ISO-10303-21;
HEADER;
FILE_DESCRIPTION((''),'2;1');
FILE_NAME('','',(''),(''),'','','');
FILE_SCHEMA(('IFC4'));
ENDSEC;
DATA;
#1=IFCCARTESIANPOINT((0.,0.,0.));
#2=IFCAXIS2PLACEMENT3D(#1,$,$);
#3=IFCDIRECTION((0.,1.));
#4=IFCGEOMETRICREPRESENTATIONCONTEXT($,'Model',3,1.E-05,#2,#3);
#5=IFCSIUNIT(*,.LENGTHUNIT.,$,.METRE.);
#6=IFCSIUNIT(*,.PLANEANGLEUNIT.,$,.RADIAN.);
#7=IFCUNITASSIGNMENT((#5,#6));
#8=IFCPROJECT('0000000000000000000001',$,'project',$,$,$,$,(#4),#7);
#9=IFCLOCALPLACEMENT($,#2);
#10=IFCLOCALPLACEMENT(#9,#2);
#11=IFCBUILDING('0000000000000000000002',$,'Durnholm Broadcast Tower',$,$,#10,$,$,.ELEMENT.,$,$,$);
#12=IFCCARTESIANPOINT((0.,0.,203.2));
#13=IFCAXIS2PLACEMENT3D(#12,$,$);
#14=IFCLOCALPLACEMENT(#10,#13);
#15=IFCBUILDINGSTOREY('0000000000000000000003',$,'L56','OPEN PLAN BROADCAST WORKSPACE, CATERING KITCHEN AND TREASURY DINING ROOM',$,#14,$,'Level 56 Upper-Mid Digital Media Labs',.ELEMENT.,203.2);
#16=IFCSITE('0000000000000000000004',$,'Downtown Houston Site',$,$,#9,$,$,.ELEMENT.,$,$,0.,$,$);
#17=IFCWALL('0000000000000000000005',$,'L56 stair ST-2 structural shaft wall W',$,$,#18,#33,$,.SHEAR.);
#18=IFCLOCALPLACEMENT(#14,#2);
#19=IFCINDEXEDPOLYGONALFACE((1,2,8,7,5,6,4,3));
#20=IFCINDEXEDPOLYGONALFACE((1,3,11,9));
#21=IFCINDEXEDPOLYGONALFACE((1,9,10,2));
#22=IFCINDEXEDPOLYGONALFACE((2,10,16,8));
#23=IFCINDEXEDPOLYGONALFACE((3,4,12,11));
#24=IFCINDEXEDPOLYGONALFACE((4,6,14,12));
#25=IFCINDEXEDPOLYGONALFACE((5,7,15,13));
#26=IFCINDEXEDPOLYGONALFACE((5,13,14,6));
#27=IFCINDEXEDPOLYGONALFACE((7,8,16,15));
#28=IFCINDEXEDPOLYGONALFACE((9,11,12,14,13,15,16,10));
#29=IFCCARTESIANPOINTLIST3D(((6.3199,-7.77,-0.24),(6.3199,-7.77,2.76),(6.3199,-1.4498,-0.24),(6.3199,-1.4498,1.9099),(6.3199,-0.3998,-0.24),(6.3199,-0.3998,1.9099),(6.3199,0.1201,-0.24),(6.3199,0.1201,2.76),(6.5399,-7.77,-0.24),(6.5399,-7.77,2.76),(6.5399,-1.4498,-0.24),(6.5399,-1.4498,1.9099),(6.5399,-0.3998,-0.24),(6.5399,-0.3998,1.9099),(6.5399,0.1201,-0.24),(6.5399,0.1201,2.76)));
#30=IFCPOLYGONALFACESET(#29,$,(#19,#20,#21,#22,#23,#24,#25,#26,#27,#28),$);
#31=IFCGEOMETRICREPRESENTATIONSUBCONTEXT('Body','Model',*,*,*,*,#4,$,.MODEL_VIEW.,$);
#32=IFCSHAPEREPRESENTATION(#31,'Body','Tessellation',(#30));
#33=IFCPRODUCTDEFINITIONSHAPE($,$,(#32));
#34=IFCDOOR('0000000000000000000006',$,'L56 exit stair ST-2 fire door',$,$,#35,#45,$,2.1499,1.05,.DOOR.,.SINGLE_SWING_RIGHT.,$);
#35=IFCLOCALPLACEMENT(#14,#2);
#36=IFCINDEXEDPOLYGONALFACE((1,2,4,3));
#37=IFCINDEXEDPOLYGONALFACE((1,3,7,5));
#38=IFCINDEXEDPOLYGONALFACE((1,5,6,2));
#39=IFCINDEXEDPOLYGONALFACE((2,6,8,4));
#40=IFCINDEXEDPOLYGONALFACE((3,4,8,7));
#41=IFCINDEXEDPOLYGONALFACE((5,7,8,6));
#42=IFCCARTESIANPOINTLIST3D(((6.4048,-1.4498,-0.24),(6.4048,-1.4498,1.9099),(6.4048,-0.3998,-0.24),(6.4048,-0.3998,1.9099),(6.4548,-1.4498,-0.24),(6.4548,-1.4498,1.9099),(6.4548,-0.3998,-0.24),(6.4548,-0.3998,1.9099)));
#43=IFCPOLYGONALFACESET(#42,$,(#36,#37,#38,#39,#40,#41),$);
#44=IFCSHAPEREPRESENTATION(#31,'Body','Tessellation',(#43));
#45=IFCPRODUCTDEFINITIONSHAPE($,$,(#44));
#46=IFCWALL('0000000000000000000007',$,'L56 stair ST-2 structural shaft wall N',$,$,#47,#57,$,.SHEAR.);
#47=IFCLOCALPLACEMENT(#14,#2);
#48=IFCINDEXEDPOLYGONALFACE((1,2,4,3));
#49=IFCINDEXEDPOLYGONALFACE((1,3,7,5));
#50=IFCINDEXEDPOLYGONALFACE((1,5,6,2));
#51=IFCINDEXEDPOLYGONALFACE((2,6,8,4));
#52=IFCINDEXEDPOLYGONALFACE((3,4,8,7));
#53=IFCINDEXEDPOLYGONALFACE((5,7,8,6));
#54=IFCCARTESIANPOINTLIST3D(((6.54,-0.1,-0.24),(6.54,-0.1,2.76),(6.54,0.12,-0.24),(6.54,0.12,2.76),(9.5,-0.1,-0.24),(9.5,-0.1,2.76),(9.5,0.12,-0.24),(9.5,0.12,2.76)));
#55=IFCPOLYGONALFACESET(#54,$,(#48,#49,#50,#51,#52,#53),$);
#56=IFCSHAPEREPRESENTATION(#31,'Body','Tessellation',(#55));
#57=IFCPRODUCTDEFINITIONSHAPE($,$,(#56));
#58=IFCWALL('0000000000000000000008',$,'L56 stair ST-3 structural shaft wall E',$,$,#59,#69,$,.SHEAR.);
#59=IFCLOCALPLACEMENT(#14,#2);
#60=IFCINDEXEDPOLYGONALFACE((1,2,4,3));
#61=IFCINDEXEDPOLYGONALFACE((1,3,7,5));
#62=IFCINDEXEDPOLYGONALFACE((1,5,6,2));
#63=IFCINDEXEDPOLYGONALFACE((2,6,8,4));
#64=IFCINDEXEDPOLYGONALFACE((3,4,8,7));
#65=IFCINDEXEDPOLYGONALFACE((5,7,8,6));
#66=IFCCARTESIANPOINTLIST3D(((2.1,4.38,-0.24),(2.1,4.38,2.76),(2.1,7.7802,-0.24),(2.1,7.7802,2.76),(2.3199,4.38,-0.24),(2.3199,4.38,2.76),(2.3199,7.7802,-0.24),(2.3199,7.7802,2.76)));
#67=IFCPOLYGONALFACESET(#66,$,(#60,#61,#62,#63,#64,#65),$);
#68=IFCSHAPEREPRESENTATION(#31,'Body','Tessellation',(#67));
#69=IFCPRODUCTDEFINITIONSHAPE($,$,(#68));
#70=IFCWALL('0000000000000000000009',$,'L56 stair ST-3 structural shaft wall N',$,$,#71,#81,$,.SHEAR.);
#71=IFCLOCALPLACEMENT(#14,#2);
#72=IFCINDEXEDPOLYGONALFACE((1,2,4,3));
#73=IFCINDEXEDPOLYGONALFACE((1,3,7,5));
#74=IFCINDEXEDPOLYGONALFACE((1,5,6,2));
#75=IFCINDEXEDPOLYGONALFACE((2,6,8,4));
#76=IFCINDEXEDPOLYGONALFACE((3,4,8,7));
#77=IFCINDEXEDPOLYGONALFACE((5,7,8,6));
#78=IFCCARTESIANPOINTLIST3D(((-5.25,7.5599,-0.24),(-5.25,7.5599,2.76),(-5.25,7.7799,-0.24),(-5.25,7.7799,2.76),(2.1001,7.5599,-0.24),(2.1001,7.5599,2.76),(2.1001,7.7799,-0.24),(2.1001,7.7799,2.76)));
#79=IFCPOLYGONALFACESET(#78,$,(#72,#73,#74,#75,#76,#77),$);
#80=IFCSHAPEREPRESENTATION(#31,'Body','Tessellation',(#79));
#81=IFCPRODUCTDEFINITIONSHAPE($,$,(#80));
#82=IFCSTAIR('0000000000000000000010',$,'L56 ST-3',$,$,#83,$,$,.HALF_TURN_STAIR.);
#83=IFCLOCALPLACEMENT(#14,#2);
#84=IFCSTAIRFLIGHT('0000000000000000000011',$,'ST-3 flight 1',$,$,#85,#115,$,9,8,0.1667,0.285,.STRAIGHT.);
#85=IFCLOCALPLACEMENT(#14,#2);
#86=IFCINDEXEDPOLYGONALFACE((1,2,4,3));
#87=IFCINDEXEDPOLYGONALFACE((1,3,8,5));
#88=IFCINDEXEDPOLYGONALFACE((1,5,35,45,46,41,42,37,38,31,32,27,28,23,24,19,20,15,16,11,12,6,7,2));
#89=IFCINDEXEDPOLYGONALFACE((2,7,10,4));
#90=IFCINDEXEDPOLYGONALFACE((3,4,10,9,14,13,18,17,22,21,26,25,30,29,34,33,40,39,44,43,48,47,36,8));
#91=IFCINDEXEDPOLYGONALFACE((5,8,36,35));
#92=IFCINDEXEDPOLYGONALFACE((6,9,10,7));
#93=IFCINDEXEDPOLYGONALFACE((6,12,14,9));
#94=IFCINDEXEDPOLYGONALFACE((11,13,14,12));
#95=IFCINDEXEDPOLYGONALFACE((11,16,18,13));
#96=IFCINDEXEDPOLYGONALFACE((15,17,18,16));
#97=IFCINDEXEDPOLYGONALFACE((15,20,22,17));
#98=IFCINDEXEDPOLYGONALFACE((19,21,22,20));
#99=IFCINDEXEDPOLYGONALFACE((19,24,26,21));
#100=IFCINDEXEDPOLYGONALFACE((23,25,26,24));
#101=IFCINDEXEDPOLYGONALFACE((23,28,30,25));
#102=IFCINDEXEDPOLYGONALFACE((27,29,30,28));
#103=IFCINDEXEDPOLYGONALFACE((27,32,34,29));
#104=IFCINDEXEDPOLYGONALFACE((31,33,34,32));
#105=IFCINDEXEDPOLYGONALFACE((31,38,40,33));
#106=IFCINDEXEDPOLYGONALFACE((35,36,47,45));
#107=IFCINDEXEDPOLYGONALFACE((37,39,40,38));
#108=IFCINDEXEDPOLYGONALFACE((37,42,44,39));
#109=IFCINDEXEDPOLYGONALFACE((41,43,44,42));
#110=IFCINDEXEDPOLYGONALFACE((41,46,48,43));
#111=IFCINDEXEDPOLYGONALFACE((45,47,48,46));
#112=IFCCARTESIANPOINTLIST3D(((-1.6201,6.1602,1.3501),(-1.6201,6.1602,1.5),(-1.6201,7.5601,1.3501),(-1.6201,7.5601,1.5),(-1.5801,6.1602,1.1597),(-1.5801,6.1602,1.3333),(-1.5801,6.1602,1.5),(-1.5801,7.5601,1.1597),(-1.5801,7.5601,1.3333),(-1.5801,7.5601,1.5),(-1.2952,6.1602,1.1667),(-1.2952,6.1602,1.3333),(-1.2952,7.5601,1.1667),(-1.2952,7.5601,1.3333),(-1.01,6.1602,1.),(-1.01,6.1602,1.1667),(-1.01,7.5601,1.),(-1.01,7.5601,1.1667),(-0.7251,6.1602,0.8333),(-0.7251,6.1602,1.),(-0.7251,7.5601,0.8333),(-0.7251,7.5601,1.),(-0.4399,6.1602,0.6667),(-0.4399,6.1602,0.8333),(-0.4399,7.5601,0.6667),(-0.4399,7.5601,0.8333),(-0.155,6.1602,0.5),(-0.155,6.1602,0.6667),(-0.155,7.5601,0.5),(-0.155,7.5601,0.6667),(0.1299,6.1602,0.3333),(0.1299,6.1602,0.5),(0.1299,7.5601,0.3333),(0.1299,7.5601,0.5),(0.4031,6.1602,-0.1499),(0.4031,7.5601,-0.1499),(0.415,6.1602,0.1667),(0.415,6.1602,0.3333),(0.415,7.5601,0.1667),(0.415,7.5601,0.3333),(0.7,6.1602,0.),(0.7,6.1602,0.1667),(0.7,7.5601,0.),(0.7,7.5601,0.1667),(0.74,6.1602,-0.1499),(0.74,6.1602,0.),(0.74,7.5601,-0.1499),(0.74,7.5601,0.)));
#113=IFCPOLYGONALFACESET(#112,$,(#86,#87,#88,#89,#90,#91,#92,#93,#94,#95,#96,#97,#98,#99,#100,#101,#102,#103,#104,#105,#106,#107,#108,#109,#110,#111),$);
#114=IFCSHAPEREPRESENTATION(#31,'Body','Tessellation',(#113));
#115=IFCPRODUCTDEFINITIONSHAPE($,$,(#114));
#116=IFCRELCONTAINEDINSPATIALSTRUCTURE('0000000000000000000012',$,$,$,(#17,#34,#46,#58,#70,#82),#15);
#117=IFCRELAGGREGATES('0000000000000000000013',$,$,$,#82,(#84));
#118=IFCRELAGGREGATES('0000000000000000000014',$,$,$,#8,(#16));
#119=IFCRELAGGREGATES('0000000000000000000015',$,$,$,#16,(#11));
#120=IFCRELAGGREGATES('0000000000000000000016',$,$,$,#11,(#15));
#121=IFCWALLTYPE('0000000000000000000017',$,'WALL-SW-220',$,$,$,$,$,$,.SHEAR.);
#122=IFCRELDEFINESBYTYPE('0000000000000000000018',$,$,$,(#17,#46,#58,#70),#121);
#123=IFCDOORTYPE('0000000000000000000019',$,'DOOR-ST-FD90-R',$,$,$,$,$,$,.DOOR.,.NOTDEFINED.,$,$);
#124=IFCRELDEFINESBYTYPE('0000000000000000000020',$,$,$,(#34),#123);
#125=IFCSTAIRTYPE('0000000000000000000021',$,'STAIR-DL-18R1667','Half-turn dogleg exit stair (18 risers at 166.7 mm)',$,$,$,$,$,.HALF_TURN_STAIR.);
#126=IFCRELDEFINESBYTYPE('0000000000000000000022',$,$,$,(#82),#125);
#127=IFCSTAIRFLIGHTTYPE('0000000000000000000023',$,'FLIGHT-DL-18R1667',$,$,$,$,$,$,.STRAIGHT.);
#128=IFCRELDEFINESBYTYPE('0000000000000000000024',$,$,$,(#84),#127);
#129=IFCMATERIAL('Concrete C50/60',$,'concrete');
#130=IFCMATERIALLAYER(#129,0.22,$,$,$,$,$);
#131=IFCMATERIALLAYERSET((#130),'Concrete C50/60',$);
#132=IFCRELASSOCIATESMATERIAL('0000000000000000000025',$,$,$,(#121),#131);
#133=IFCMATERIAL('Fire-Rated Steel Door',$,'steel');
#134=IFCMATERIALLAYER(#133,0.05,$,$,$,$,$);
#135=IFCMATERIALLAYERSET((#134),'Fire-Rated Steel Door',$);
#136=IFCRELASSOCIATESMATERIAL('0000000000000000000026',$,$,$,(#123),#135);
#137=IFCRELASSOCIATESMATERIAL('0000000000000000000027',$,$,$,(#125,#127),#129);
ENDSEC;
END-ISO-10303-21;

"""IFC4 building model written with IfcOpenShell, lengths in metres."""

from ifc_helpers import new_model, si_unit, direction, frame, frame_2d, origin, place, context, subcontext, project, spatial, polyline, rectangle, outline, extrude, source, transform, mapped, material, layer, layer_set, type_object, type_shapes, element, fill, aggregate, save


model = new_model("IFC4")

# Units and contexts
model_context = context("Model", 3, precision=1e-05, world=origin(), true_north=direction((0.0, 1.0)))
body_context = subcontext(model_context, "Body", "Model", "MODEL_VIEW")
ifc_project = project(units=[si_unit("LENGTHUNIT", "METRE"), si_unit("PLANEANGLEUNIT", "RADIAN")], contexts=[model_context])

# Site, building, storey
site_placement = place(None, origin())
site = spatial("IfcSite", under=ifc_project, at=site_placement, Name="Downtown Houston Site", CompositionType="ELEMENT", RefElevation=0.0)
building_placement = place(site_placement, origin())
building = spatial("IfcBuilding", under=site, at=building_placement, Name="Durnholm Broadcast Tower", CompositionType="ELEMENT")
storey_placement = place(building_placement, frame((0.0, 0.0, 203.2)))
storey = spatial("IfcBuildingStorey", under=building, at=storey_placement, Name="L56", Description="OPEN PLAN BROADCAST WORKSPACE, CATERING KITCHEN AND TREASURY DINING ROOM", LongName="Level 56 Upper-Mid Digital Media Labs", CompositionType="ELEMENT", Elevation=203.2)

# Wall, opening, door
ifc_material_1 = material(Name="Concrete C50/60", Category="concrete")
ifc_layer_1 = layer(ifc_material_1, 0.22)
ifc_layer_set_1 = layer_set([ifc_layer_1], Name="Concrete C50/60")
wall_type_1 = type_object("IfcWallType", Name="WALL-SW-220", PredefinedType="SHEAR", material=ifc_layer_set_1)
wall_1_placement = place(storey_placement, frame((6.4299, 0.1201, -0.24), z_axis=(0.0, 0.0, 1.0), x_axis=(0.0, -1.0, 0.0)))
wall_1 = element("IfcWall", 1, at=wall_1_placement, inside=storey, type_object=wall_type_1, Name="L56 stair ST-2 structural shaft wall W", PredefinedType="SHEAR", context=body_context, shape_type="SweptSolid", body=[
    extrude(rectangle(XDim=7.8901, YDim=0.22, at=frame_2d((3.9451, 0.0))), origin(), (0.0, 0.0, 1.0), 3.0),
])
opening_1_placement = place(wall_1_placement, frame((0.52, 0.0, 0.0)))
opening_1 = element("IfcOpeningElement", 2, at=opening_1_placement, cuts=wall_1, PredefinedType="OPENING", context=body_context, shape_type="SweptSolid", body=[
    extrude(rectangle(XDim=1.05, YDim=2.1499, at=frame_2d((0.5249, 1.075))), frame((0.0, 0.1201, 0.0), z_axis=(0.0, -1.0, 0.0), x_axis=(1.0, 0.0, 0.0)), (0.0, 0.0, 1.0), 0.24),
])
ifc_material_2 = material(Name="Fire-Rated Steel Door", Category="steel")
ifc_layer_2 = layer(ifc_material_2, 0.05)
ifc_layer_set_2 = layer_set([ifc_layer_2], Name="Fire-Rated Steel Door")
door_type_1 = type_object("IfcDoorType", Name="DOOR-ST-FD90-R", OperationType="NOTDEFINED", PredefinedType="DOOR", material=ifc_layer_set_2)
shared_shape_1 = source(origin(), body_context, "Body", "SweptSolid", [
    extrude(rectangle(XDim=1.05, YDim=2.1499, at=frame_2d((0.5249, 1.075))), frame((0.0, 0.0249, 0.0), z_axis=(0.0, -1.0, 0.0), x_axis=(1.0, 0.0, 0.0)), (0.0, 0.0, 1.0), 0.05),
])
type_shapes(door_type_1, [shared_shape_1])
door_1_placement = place(opening_1_placement, origin())
door_1 = element("IfcDoor", 3, at=door_1_placement, inside=storey, type_object=door_type_1, Name="L56 exit stair ST-2 fire door", OperationType="SINGLE_SWING_RIGHT", OverallHeight=2.1499, OverallWidth=1.05, PredefinedType="DOOR", context=body_context, shape_type="MappedRepresentation", body=[
    mapped(shared_shape_1, transform((0.0, 0.0, 0.0), x_axis=(1.0, 0.0, 0.0), y_axis=(0.0, 1.0, 0.0), z_axis=(0.0, 0.0, 1.0), scale=1.0)),
])
fill(opening_1, door_1)

# Walls
wall_2_placement = place(storey_placement, frame((9.5, 0.01, -0.24), z_axis=(0.0, 0.0, 1.0), x_axis=(-1.0, 0.0, 0.0)))
element("IfcWall", 4, at=wall_2_placement, inside=storey, type_object=wall_type_1, Name="L56 stair ST-2 structural shaft wall N", PredefinedType="SHEAR", context=body_context, shape_type="SweptSolid", body=[
    extrude(rectangle(XDim=2.96, YDim=0.22, at=frame_2d((1.48, 0.0))), origin(), (0.0, 0.0, 1.0), 3.0),
])
wall_3_placement = place(storey_placement, frame((2.21, 4.3799, -0.24), z_axis=(0.0, 0.0, 1.0), x_axis=(0.0, 1.0, 0.0)))
element("IfcWall", 5, at=wall_3_placement, inside=storey, type_object=wall_type_1, Name="L56 stair ST-3 structural shaft wall E", PredefinedType="SHEAR", context=body_context, shape_type="SweptSolid", body=[
    extrude(rectangle(XDim=3.4001, YDim=0.22, at=frame_2d((1.7002, 0.0))), origin(), (0.0, 0.0, 1.0), 3.0),
])
wall_4_placement = place(storey_placement, frame((2.1001, 7.6699, -0.24), z_axis=(0.0, 0.0, 1.0), x_axis=(-1.0, 0.0, 0.0)))
element("IfcWall", 6, at=wall_4_placement, inside=storey, type_object=wall_type_1, Name="L56 stair ST-3 structural shaft wall N", PredefinedType="SHEAR", context=body_context, shape_type="SweptSolid", body=[
    extrude(rectangle(XDim=7.3501, YDim=0.22, at=frame_2d((3.675, 0.0))), origin(), (0.0, 0.0, 1.0), 3.0),
])

# Stair, stair flight
stair_type = type_object("IfcStairType", Name="STAIR-DL-18R1667", Description="Half-turn dogleg exit stair (18 risers at 166.7 mm)", PredefinedType="HALF_TURN_STAIR", material=ifc_material_1)
stair_placement = place(storey_placement, origin())
stair = element("IfcStair", 7, at=stair_placement, inside=storey, type_object=stair_type, Name="L56 ST-3", PredefinedType="HALF_TURN_STAIR")
stair_flight_type = type_object("IfcStairFlightType", Name="FLIGHT-DL-18R1667", PredefinedType="STRAIGHT", material=ifc_material_1)
stair_flight_placement = place(storey_placement, frame((0.7, 6.8601, 0.0), z_axis=(0.0, 0.0, 1.0), x_axis=(-1.0, 0.0, 0.0)))
stair_flight = element("IfcStairFlight", 8, at=stair_flight_placement, type_object=stair_flight_type, Name="ST-3 flight 1", NumberOfRisers=9, NumberOfTreads=8, PredefinedType="STRAIGHT", RiserHeight=0.1667, TreadLength=0.285, context=body_context, shape_type="SweptSolid", body=[
    extrude(outline(polyline([(-0.04, -0.1499), (-0.04, 0.0), (0.0, 0.0), (0.0, 0.1667), (0.2849, 0.1667), (0.2849, 0.3333), (0.5701, 0.3333), (0.5701, 0.5), (0.855, 0.5), (0.855, 0.6667), (1.1399, 0.6667), (1.1399, 0.8333), (1.425, 0.8333), (1.425, 1.0), (1.71, 1.0), (1.71, 1.1667), (1.9951, 1.1667), (1.9951, 1.3333), (2.28, 1.3333), (2.28, 1.5), (2.3201, 1.5), (2.3201, 1.3501), (2.28, 1.1597), (0.2969, -0.1499), (-0.04, -0.1499)])), frame((0.0, 0.7, 0.0), z_axis=(0.0, -1.0, 0.0), x_axis=(1.0, 0.0, 0.0)), (0.0, 0.0, 1.0), 1.3999),
])
aggregate(stair, [stair_flight])

save(model, "model.ifc")
